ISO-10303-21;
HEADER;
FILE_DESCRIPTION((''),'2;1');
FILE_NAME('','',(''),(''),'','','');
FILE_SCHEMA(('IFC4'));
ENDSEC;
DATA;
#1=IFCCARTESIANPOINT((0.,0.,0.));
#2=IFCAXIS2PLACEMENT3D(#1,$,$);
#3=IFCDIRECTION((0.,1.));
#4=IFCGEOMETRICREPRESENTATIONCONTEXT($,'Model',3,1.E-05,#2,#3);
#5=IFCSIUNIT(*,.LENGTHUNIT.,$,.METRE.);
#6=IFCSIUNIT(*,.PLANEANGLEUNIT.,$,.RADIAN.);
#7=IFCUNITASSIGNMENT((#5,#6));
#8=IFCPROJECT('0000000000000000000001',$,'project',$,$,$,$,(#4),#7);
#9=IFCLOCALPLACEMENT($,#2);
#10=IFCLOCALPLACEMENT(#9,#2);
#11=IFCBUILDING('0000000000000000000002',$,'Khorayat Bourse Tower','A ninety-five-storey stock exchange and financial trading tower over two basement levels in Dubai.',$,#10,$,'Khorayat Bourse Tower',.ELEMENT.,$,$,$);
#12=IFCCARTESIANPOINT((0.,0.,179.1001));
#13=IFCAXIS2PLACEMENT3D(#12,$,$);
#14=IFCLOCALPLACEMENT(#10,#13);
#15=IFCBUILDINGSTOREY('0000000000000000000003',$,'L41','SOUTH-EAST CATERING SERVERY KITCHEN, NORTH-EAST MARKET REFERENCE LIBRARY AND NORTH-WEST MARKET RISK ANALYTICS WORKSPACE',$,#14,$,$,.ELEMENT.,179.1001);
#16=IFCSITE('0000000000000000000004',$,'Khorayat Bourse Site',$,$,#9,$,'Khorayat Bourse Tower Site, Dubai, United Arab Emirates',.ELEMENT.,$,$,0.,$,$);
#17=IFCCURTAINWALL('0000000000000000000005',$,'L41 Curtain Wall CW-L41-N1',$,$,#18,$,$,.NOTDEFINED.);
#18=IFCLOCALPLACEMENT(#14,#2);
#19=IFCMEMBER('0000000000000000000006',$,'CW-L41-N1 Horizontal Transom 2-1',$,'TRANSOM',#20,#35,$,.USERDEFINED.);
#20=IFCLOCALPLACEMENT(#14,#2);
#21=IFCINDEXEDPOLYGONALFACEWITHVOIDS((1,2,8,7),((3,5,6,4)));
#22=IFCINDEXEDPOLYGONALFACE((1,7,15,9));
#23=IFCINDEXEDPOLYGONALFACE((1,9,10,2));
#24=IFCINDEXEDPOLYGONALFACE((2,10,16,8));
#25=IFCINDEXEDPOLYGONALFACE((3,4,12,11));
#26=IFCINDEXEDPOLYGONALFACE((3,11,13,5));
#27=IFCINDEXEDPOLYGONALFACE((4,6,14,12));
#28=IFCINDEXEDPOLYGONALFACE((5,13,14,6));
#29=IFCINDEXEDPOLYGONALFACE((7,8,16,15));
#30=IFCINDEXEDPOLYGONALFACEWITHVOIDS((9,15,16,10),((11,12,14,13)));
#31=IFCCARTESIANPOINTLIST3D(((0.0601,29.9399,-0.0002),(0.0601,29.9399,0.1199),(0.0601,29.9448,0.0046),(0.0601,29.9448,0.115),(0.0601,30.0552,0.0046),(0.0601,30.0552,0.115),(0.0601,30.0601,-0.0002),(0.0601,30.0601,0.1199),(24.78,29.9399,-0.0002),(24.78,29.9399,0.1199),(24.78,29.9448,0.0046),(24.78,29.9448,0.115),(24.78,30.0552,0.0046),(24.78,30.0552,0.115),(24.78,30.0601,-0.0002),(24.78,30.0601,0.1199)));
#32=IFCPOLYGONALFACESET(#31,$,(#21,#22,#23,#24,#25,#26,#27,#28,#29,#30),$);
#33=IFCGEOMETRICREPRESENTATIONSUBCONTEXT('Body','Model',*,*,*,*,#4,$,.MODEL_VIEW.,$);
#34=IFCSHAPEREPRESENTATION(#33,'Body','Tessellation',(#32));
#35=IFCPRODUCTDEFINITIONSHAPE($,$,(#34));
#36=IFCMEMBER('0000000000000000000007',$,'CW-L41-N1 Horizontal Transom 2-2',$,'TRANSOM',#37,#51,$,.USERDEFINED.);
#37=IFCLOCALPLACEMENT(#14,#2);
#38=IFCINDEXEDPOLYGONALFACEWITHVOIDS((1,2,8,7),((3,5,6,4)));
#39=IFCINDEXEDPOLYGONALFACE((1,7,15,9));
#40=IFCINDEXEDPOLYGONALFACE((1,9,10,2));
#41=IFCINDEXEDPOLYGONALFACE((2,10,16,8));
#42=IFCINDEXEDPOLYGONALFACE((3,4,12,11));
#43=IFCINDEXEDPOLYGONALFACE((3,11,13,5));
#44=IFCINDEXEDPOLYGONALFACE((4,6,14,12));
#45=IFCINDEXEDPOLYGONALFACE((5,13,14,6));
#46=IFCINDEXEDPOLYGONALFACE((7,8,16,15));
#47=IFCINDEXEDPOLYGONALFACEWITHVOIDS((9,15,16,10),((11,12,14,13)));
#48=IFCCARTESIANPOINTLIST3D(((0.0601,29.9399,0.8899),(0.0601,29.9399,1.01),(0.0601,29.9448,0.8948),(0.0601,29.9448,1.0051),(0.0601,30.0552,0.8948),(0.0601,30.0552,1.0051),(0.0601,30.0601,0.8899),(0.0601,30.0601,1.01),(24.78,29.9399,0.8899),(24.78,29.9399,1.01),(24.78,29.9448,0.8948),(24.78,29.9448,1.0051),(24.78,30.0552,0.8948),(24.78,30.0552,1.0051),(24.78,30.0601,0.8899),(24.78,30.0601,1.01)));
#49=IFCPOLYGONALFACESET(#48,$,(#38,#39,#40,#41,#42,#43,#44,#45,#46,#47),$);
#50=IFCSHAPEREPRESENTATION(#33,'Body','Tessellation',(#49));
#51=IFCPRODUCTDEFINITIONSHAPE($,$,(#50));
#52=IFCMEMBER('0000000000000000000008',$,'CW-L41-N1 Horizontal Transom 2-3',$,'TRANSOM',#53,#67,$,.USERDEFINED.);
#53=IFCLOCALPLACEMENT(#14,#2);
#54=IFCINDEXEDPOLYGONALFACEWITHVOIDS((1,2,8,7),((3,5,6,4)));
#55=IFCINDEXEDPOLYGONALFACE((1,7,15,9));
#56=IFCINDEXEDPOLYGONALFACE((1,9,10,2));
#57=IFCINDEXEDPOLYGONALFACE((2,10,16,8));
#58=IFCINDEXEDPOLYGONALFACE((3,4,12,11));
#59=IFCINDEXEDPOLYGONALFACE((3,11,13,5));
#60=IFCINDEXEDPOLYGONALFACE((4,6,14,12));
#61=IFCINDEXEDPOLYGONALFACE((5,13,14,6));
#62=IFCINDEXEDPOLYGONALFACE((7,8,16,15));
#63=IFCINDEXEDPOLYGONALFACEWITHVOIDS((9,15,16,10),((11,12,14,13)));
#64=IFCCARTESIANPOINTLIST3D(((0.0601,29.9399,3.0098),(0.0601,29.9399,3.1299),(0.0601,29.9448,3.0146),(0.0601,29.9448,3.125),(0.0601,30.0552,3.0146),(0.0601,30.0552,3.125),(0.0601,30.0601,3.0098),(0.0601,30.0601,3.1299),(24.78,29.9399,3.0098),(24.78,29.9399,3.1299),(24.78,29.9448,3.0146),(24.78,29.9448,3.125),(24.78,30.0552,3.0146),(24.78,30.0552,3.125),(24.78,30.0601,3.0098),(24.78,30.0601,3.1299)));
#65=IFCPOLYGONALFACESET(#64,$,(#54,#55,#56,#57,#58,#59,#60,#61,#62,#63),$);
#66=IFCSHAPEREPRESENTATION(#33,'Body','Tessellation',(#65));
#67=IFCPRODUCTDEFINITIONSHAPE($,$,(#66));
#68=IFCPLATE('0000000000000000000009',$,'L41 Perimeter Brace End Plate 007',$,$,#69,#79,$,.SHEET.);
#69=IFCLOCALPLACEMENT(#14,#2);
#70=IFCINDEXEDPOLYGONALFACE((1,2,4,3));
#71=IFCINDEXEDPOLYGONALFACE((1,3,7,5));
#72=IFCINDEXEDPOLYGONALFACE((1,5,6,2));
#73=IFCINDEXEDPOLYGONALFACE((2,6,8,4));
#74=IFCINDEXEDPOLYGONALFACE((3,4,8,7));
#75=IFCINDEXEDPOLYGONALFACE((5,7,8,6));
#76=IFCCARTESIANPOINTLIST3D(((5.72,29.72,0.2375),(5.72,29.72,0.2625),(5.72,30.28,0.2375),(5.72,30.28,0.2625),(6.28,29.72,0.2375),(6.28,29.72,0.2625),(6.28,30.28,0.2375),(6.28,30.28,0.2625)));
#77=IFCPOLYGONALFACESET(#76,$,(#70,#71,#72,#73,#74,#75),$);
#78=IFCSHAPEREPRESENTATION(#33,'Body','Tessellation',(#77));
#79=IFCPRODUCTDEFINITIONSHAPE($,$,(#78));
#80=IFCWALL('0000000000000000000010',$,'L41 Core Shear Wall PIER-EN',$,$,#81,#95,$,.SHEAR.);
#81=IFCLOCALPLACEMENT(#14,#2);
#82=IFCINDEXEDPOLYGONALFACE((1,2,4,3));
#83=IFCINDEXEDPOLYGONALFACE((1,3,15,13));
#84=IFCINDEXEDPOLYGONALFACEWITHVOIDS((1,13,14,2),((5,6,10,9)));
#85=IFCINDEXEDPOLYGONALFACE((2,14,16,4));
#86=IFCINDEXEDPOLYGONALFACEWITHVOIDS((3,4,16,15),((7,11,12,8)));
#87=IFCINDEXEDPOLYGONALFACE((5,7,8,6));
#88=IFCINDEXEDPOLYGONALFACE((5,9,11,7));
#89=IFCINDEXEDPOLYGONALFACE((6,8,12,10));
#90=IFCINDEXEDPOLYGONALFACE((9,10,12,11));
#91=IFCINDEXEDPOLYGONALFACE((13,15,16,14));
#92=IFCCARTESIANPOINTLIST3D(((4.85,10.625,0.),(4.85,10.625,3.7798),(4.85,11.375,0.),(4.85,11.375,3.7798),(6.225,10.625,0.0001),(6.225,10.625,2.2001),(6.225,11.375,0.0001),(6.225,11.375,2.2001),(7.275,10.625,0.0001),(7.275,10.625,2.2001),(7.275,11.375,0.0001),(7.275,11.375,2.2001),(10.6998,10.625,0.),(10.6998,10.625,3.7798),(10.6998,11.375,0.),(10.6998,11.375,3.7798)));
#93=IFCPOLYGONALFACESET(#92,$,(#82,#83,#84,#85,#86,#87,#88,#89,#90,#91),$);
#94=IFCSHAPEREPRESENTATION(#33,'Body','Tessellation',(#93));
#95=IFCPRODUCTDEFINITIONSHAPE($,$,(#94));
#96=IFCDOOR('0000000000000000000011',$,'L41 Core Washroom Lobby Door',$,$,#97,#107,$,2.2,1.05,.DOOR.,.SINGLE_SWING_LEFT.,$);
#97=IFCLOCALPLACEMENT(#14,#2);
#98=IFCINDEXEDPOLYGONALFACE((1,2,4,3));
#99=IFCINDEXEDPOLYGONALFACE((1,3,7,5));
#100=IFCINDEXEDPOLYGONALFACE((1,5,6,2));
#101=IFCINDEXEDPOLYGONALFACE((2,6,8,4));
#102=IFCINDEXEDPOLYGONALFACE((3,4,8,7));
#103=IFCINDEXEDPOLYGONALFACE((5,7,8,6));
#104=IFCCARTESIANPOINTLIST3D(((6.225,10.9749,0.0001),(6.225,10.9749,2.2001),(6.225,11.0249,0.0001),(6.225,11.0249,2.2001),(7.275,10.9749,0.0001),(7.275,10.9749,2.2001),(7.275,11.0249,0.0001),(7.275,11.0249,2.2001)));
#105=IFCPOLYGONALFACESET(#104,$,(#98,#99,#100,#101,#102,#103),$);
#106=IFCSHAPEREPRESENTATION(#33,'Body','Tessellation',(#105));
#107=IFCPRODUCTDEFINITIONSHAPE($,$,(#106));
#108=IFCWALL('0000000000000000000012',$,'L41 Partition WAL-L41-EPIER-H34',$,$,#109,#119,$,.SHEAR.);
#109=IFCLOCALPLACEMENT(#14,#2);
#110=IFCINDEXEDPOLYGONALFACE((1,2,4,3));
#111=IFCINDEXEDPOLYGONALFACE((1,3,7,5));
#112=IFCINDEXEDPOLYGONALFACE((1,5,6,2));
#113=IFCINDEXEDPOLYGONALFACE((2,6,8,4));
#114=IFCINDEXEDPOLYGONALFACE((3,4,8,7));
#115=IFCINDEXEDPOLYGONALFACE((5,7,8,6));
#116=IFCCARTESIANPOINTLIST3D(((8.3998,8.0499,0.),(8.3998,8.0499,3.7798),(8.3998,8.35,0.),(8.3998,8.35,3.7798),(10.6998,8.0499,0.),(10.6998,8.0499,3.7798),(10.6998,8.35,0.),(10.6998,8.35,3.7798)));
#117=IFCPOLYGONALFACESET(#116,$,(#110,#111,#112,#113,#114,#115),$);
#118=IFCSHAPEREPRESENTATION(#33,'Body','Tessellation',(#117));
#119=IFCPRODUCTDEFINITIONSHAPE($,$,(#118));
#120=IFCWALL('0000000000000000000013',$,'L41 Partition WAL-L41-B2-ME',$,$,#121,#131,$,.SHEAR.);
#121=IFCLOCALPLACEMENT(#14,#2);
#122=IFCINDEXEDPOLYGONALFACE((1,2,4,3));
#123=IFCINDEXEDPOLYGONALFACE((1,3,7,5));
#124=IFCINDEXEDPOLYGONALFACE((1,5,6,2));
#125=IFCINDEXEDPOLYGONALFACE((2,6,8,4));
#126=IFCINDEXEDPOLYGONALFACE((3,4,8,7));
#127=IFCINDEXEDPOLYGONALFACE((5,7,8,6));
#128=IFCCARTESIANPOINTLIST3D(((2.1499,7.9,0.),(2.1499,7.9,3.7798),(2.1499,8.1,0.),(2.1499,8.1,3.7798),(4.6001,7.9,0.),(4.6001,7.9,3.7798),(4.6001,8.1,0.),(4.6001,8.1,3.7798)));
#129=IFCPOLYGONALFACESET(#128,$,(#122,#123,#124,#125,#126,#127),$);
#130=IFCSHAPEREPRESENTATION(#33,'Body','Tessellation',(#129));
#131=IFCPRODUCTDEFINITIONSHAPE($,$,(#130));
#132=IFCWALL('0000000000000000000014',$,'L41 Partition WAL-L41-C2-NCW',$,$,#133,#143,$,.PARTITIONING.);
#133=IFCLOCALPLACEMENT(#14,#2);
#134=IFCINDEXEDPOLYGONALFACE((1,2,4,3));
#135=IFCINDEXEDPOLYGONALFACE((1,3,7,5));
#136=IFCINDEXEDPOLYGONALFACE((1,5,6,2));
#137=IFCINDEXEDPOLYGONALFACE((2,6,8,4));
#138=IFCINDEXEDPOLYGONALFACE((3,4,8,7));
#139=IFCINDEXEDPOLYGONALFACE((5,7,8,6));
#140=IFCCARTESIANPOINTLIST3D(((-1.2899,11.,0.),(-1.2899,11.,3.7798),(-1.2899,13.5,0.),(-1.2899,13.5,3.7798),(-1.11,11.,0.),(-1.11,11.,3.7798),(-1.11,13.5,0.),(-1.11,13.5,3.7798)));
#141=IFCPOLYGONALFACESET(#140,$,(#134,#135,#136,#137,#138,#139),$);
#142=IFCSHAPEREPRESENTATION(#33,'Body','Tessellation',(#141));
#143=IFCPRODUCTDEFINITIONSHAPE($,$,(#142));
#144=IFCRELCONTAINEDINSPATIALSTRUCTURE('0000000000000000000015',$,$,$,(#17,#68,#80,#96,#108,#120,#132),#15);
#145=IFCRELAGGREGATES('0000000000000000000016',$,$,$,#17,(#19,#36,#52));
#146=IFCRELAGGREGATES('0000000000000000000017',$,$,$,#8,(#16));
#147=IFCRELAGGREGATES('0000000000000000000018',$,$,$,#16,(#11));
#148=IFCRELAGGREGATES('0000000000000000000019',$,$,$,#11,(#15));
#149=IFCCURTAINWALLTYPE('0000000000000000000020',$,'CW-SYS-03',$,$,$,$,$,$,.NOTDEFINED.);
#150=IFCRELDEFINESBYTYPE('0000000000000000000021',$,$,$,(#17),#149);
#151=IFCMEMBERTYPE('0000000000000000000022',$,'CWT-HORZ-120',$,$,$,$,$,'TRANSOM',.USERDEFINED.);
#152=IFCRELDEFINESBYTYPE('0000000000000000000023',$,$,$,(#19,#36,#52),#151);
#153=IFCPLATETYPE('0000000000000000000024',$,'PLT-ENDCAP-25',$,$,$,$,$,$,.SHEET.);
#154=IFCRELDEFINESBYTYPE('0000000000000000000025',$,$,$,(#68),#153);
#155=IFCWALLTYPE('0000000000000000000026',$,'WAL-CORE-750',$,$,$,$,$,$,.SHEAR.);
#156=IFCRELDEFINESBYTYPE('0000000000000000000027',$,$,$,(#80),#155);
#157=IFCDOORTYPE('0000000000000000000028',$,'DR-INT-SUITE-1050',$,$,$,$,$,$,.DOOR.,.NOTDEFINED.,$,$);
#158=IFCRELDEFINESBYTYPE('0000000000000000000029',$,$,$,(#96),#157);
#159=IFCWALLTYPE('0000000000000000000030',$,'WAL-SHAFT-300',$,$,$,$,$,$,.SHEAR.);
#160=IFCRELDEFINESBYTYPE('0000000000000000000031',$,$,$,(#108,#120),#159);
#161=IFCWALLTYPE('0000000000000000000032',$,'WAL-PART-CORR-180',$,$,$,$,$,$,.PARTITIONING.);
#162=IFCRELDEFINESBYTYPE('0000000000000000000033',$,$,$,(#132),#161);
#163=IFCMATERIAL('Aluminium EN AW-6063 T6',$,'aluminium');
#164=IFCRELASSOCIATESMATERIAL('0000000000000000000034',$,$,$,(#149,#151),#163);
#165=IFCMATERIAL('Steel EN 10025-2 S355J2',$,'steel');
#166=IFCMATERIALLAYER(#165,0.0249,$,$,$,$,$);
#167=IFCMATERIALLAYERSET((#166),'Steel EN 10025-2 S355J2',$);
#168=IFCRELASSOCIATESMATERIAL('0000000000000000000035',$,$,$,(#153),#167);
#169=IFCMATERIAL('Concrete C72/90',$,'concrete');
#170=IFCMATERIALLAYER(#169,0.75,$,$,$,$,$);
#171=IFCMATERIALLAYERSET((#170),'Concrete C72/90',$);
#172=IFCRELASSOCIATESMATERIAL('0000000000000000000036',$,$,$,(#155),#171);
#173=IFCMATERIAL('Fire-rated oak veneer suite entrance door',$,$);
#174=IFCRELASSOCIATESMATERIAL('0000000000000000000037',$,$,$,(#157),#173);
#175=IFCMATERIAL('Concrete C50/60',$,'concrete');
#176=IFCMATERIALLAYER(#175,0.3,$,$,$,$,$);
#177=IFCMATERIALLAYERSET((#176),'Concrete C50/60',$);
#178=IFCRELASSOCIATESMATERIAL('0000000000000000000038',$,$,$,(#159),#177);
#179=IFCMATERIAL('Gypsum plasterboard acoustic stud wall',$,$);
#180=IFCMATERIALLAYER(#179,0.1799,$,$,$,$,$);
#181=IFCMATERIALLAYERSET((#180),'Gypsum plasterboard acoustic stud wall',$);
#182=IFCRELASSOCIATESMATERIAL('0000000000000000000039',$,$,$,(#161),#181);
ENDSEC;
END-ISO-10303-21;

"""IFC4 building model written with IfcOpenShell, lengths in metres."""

from ifc_helpers import new_model, si_unit, direction, frame, frame_2d, origin, origin_2d, place, context, subcontext, project, spatial, rectangle, hollow_rectangle, extrude, source, transform, mapped, material, layer, layer_set, material_profile, profile_set, type_object, element, fill, aggregate, save


model = new_model("IFC4")

# Units and contexts
model_context = context("Model", 3, precision=1e-05, world=origin(), true_north=direction((0.0, 1.0)))
body_context = subcontext(model_context, "Body", "Model", "MODEL_VIEW")
ifc_project = project(units=[si_unit("LENGTHUNIT", "METRE"), si_unit("PLANEANGLEUNIT", "RADIAN")], contexts=[model_context])

# Site, building, storey
site_placement = place(None, origin())
site = spatial("IfcSite", under=ifc_project, at=site_placement, Name="Khorayat Bourse Site", LongName="Khorayat Bourse Tower Site, Dubai, United Arab Emirates", CompositionType="ELEMENT", RefElevation=0.0)
building_placement = place(site_placement, origin())
building = spatial("IfcBuilding", under=site, at=building_placement, Name="Khorayat Bourse Tower", Description="A ninety-five-storey stock exchange and financial trading tower over two basement levels in Dubai.", LongName="Khorayat Bourse Tower", CompositionType="ELEMENT")
storey_placement = place(building_placement, frame((0.0, 0.0, 179.1001)))
storey = spatial("IfcBuildingStorey", under=building, at=storey_placement, Name="L41", Description="SOUTH-EAST CATERING SERVERY KITCHEN, NORTH-EAST MARKET REFERENCE LIBRARY AND NORTH-WEST MARKET RISK ANALYTICS WORKSPACE", CompositionType="ELEMENT", Elevation=179.1001)

# Shared definitions
ifc_material_1 = material(Name="Concrete C72/90", Category="concrete")

# Curtain wall, members
ifc_material_2 = material(Name="Aluminium EN AW-6063 T6", Category="aluminium")
curtain_wall_type = type_object("IfcCurtainWallType", Name="CW-SYS-03", PredefinedType="NOTDEFINED", material=ifc_material_2)
curtain_wall_placement = place(storey_placement, origin())
curtain_wall = element("IfcCurtainWall", 1, at=curtain_wall_placement, inside=storey, type_object=curtain_wall_type, Name="L41 Curtain Wall CW-L41-N1", PredefinedType="NOTDEFINED")
ifc_material_profile_1 = material_profile(ifc_material_2, hollow_rectangle(XDim=0.1201, YDim=0.1201, WallThickness=0.0049, at=origin_2d()), Name="ALU 120x120x5")
ifc_profile_set_1 = profile_set([ifc_material_profile_1], Name="Aluminium EN AW-6063 T6")
member_type_1 = type_object("IfcMemberType", Name="CWT-HORZ-120", ElementType="TRANSOM", PredefinedType="USERDEFINED", material=ifc_profile_set_1)
shared_shape_1 = source(origin(), body_context, "Body", "SweptSolid", [
    extrude(hollow_rectangle(XDim=0.1201, YDim=0.1201, WallThickness=0.0049, at=origin_2d()), origin(), (0.0, 0.0, 1.0), 24.72),
])
member_1_placement = place(storey_placement, frame((0.0601, 30.0, 0.0598), z_axis=(1.0, 0.0, 0.0), x_axis=(0.0, 1.0, 0.0)))
member_1 = element("IfcMember", 2, at=member_1_placement, type_object=member_type_1, Name="CW-L41-N1 Horizontal Transom 2-1", ObjectType="TRANSOM", PredefinedType="USERDEFINED", context=body_context, shape_type="MappedRepresentation", body=[
    mapped(shared_shape_1, transform((0.0, 0.0, 0.0), scale=1.0)),
])
member_2_placement = place(storey_placement, frame((0.0601, 30.0, 0.95), z_axis=(1.0, 0.0, 0.0), x_axis=(0.0, 1.0, 0.0)))
member_2 = element("IfcMember", 3, at=member_2_placement, type_object=member_type_1, Name="CW-L41-N1 Horizontal Transom 2-2", ObjectType="TRANSOM", PredefinedType="USERDEFINED", context=body_context, shape_type="MappedRepresentation", body=[
    mapped(shared_shape_1, transform((0.0, 0.0, 0.0), scale=1.0)),
])
member_3_placement = place(storey_placement, frame((0.0601, 30.0, 3.0698), z_axis=(1.0, 0.0, 0.0), x_axis=(0.0, 1.0, 0.0)))
member_3 = element("IfcMember", 4, at=member_3_placement, type_object=member_type_1, Name="CW-L41-N1 Horizontal Transom 2-3", ObjectType="TRANSOM", PredefinedType="USERDEFINED", context=body_context, shape_type="MappedRepresentation", body=[
    mapped(shared_shape_1, transform((0.0, 0.0, 0.0), scale=1.0)),
])
aggregate(curtain_wall, [member_1, member_2, member_3])

# Plate
ifc_material_3 = material(Name="Steel EN 10025-2 S355J2", Category="steel")
ifc_layer_1 = layer(ifc_material_3, 0.0249)
ifc_layer_set_1 = layer_set([ifc_layer_1], Name="Steel EN 10025-2 S355J2")
plate_type = type_object("IfcPlateType", Name="PLT-ENDCAP-25", PredefinedType="SHEET", material=ifc_layer_set_1)
shared_shape_2 = source(origin(), body_context, "Body", "SweptSolid", [
    extrude(rectangle(XDim=0.5601, YDim=0.5601, at=origin_2d()), origin(), (0.0, 0.0, 1.0), 0.0249),
])
plate_placement = place(storey_placement, frame((6.0, 30.0, 0.2375), z_axis=(0.0, 0.0, 1.0), x_axis=(1.0, 0.0, 0.0)))
element("IfcPlate", 5, at=plate_placement, inside=storey, type_object=plate_type, Name="L41 Perimeter Brace End Plate 007", PredefinedType="SHEET", context=body_context, shape_type="MappedRepresentation", body=[
    mapped(shared_shape_2, transform((0.0, 0.0, 0.0), scale=1.0)),
])

# Wall, opening, door
ifc_layer_2 = layer(ifc_material_1, 0.75)
ifc_layer_set_2 = layer_set([ifc_layer_2], Name="Concrete C72/90")
wall_type_1 = type_object("IfcWallType", Name="WAL-CORE-750", PredefinedType="SHEAR", material=ifc_layer_set_2)
shared_shape_3 = source(origin(), body_context, "Body", "SweptSolid", [
    extrude(rectangle(XDim=5.8499, YDim=0.75, at=frame_2d((2.9248, 0.0))), origin(), (0.0, 0.0, 1.0), 3.7798),
])
wall_1_placement = place(storey_placement, frame((4.8501, 11.0, 0.0), z_axis=(0.0, 0.0, 1.0), x_axis=(1.0, 0.0, 0.0)))
wall_1 = element("IfcWall", 6, at=wall_1_placement, inside=storey, type_object=wall_type_1, Name="L41 Core Shear Wall PIER-EN", PredefinedType="SHEAR", context=body_context, shape_type="MappedRepresentation", body=[
    mapped(shared_shape_3, transform((0.0, 0.0, 0.0), scale=1.0)),
])
shared_shape_4 = source(origin(), body_context, "Body", "SweptSolid", [
    extrude(rectangle(XDim=1.05, YDim=2.2, at=frame_2d((0.5249, 1.1001))), frame((0.0, 0.385, 0.0), z_axis=(0.0, -1.0, 0.0), x_axis=(1.0, 0.0, 0.0)), (0.0, 0.0, 1.0), 0.77),
])
opening_1_placement = place(wall_1_placement, frame((1.375, 0.0, 0.0)))
opening_1 = element("IfcOpeningElement", 7, at=opening_1_placement, cuts=wall_1, PredefinedType="OPENING", context=body_context, shape_type="MappedRepresentation", body=[
    mapped(shared_shape_4, transform((0.0, 0.0, 0.0), scale=1.0)),
])
ifc_material_4 = material(Name="Fire-rated oak veneer suite entrance door")
door_type_1 = type_object("IfcDoorType", Name="DR-INT-SUITE-1050", OperationType="NOTDEFINED", PredefinedType="DOOR", material=ifc_material_4)
shared_shape_5 = source(origin(), body_context, "Body", "SweptSolid", [
    extrude(rectangle(XDim=1.05, YDim=2.2, at=frame_2d((0.5249, 1.1001))), frame((0.0, 0.0249, 0.0), z_axis=(0.0, -1.0, 0.0), x_axis=(1.0, 0.0, 0.0)), (0.0, 0.0, 1.0), 0.05),
])
door_1_placement = place(opening_1_placement, origin())
door_1 = element("IfcDoor", 8, at=door_1_placement, inside=storey, type_object=door_type_1, Name="L41 Core Washroom Lobby Door", OperationType="SINGLE_SWING_LEFT", OverallHeight=2.2, OverallWidth=1.05, PredefinedType="DOOR", context=body_context, shape_type="MappedRepresentation", body=[
    mapped(shared_shape_5, transform((0.0, 0.0, 0.0), scale=1.0)),
])
fill(opening_1, door_1)

# Wall
ifc_material_5 = material(Name="Concrete C50/60", Category="concrete")
ifc_layer_3 = layer(ifc_material_5, 0.3)
ifc_layer_set_3 = layer_set([ifc_layer_3], Name="Concrete C50/60")
wall_type_2 = type_object("IfcWallType", Name="WAL-SHAFT-300", PredefinedType="SHEAR", material=ifc_layer_set_3)
shared_shape_6 = source(origin(), body_context, "Body", "SweptSolid", [
    extrude(rectangle(XDim=2.3, YDim=0.3, at=frame_2d((1.1499, 0.0))), origin(), (0.0, 0.0, 1.0), 3.7798),
])
wall_2_placement = place(storey_placement, frame((8.3999, 8.2, 0.0), z_axis=(0.0, 0.0, 1.0), x_axis=(1.0, 0.0, 0.0)))
element("IfcWall", 9, at=wall_2_placement, inside=storey, type_object=wall_type_2, Name="L41 Partition WAL-L41-EPIER-H34", PredefinedType="SHEAR", context=body_context, shape_type="MappedRepresentation", body=[
    mapped(shared_shape_6, transform((0.0, 0.0, 0.0), scale=1.0)),
])

# Walls
shared_shape_7 = source(origin(), body_context, "Body", "SweptSolid", [
    extrude(rectangle(XDim=2.4502, YDim=0.2, at=frame_2d((1.2251, 0.0))), origin(), (0.0, 0.0, 1.0), 3.7798),
])
wall_3_placement = place(storey_placement, frame((2.1499, 8.0, 0.0), z_axis=(0.0, 0.0, 1.0), x_axis=(1.0, 0.0, 0.0)))
element("IfcWall", 10, at=wall_3_placement, inside=storey, type_object=wall_type_2, Name="L41 Partition WAL-L41-B2-ME", PredefinedType="SHEAR", context=body_context, shape_type="MappedRepresentation", body=[
    mapped(shared_shape_7, transform((0.0, 0.0, 0.0), scale=1.0)),
])
ifc_material_6 = material(Name="Gypsum plasterboard acoustic stud wall")
ifc_layer_4 = layer(ifc_material_6, 0.1799)
ifc_layer_set_4 = layer_set([ifc_layer_4], Name="Gypsum plasterboard acoustic stud wall")
wall_type_3 = type_object("IfcWallType", Name="WAL-PART-CORR-180", PredefinedType="PARTITIONING", material=ifc_layer_set_4)
shared_shape_8 = source(origin(), body_context, "Body", "SweptSolid", [
    extrude(rectangle(XDim=2.5, YDim=0.1799, at=frame_2d((1.25, 0.0))), origin(), (0.0, 0.0, 1.0), 3.7798),
])
wall_4_placement = place(storey_placement, frame((-1.2, 11.0, 0.0), z_axis=(0.0, 0.0, 1.0), x_axis=(0.0, 1.0, 0.0)))
element("IfcWall", 11, at=wall_4_placement, inside=storey, type_object=wall_type_3, Name="L41 Partition WAL-L41-C2-NCW", PredefinedType="PARTITIONING", context=body_context, shape_type="MappedRepresentation", body=[
    mapped(shared_shape_8, transform((0.0, 0.0, 0.0), scale=1.0)),
])

save(model, "model.ifc")
